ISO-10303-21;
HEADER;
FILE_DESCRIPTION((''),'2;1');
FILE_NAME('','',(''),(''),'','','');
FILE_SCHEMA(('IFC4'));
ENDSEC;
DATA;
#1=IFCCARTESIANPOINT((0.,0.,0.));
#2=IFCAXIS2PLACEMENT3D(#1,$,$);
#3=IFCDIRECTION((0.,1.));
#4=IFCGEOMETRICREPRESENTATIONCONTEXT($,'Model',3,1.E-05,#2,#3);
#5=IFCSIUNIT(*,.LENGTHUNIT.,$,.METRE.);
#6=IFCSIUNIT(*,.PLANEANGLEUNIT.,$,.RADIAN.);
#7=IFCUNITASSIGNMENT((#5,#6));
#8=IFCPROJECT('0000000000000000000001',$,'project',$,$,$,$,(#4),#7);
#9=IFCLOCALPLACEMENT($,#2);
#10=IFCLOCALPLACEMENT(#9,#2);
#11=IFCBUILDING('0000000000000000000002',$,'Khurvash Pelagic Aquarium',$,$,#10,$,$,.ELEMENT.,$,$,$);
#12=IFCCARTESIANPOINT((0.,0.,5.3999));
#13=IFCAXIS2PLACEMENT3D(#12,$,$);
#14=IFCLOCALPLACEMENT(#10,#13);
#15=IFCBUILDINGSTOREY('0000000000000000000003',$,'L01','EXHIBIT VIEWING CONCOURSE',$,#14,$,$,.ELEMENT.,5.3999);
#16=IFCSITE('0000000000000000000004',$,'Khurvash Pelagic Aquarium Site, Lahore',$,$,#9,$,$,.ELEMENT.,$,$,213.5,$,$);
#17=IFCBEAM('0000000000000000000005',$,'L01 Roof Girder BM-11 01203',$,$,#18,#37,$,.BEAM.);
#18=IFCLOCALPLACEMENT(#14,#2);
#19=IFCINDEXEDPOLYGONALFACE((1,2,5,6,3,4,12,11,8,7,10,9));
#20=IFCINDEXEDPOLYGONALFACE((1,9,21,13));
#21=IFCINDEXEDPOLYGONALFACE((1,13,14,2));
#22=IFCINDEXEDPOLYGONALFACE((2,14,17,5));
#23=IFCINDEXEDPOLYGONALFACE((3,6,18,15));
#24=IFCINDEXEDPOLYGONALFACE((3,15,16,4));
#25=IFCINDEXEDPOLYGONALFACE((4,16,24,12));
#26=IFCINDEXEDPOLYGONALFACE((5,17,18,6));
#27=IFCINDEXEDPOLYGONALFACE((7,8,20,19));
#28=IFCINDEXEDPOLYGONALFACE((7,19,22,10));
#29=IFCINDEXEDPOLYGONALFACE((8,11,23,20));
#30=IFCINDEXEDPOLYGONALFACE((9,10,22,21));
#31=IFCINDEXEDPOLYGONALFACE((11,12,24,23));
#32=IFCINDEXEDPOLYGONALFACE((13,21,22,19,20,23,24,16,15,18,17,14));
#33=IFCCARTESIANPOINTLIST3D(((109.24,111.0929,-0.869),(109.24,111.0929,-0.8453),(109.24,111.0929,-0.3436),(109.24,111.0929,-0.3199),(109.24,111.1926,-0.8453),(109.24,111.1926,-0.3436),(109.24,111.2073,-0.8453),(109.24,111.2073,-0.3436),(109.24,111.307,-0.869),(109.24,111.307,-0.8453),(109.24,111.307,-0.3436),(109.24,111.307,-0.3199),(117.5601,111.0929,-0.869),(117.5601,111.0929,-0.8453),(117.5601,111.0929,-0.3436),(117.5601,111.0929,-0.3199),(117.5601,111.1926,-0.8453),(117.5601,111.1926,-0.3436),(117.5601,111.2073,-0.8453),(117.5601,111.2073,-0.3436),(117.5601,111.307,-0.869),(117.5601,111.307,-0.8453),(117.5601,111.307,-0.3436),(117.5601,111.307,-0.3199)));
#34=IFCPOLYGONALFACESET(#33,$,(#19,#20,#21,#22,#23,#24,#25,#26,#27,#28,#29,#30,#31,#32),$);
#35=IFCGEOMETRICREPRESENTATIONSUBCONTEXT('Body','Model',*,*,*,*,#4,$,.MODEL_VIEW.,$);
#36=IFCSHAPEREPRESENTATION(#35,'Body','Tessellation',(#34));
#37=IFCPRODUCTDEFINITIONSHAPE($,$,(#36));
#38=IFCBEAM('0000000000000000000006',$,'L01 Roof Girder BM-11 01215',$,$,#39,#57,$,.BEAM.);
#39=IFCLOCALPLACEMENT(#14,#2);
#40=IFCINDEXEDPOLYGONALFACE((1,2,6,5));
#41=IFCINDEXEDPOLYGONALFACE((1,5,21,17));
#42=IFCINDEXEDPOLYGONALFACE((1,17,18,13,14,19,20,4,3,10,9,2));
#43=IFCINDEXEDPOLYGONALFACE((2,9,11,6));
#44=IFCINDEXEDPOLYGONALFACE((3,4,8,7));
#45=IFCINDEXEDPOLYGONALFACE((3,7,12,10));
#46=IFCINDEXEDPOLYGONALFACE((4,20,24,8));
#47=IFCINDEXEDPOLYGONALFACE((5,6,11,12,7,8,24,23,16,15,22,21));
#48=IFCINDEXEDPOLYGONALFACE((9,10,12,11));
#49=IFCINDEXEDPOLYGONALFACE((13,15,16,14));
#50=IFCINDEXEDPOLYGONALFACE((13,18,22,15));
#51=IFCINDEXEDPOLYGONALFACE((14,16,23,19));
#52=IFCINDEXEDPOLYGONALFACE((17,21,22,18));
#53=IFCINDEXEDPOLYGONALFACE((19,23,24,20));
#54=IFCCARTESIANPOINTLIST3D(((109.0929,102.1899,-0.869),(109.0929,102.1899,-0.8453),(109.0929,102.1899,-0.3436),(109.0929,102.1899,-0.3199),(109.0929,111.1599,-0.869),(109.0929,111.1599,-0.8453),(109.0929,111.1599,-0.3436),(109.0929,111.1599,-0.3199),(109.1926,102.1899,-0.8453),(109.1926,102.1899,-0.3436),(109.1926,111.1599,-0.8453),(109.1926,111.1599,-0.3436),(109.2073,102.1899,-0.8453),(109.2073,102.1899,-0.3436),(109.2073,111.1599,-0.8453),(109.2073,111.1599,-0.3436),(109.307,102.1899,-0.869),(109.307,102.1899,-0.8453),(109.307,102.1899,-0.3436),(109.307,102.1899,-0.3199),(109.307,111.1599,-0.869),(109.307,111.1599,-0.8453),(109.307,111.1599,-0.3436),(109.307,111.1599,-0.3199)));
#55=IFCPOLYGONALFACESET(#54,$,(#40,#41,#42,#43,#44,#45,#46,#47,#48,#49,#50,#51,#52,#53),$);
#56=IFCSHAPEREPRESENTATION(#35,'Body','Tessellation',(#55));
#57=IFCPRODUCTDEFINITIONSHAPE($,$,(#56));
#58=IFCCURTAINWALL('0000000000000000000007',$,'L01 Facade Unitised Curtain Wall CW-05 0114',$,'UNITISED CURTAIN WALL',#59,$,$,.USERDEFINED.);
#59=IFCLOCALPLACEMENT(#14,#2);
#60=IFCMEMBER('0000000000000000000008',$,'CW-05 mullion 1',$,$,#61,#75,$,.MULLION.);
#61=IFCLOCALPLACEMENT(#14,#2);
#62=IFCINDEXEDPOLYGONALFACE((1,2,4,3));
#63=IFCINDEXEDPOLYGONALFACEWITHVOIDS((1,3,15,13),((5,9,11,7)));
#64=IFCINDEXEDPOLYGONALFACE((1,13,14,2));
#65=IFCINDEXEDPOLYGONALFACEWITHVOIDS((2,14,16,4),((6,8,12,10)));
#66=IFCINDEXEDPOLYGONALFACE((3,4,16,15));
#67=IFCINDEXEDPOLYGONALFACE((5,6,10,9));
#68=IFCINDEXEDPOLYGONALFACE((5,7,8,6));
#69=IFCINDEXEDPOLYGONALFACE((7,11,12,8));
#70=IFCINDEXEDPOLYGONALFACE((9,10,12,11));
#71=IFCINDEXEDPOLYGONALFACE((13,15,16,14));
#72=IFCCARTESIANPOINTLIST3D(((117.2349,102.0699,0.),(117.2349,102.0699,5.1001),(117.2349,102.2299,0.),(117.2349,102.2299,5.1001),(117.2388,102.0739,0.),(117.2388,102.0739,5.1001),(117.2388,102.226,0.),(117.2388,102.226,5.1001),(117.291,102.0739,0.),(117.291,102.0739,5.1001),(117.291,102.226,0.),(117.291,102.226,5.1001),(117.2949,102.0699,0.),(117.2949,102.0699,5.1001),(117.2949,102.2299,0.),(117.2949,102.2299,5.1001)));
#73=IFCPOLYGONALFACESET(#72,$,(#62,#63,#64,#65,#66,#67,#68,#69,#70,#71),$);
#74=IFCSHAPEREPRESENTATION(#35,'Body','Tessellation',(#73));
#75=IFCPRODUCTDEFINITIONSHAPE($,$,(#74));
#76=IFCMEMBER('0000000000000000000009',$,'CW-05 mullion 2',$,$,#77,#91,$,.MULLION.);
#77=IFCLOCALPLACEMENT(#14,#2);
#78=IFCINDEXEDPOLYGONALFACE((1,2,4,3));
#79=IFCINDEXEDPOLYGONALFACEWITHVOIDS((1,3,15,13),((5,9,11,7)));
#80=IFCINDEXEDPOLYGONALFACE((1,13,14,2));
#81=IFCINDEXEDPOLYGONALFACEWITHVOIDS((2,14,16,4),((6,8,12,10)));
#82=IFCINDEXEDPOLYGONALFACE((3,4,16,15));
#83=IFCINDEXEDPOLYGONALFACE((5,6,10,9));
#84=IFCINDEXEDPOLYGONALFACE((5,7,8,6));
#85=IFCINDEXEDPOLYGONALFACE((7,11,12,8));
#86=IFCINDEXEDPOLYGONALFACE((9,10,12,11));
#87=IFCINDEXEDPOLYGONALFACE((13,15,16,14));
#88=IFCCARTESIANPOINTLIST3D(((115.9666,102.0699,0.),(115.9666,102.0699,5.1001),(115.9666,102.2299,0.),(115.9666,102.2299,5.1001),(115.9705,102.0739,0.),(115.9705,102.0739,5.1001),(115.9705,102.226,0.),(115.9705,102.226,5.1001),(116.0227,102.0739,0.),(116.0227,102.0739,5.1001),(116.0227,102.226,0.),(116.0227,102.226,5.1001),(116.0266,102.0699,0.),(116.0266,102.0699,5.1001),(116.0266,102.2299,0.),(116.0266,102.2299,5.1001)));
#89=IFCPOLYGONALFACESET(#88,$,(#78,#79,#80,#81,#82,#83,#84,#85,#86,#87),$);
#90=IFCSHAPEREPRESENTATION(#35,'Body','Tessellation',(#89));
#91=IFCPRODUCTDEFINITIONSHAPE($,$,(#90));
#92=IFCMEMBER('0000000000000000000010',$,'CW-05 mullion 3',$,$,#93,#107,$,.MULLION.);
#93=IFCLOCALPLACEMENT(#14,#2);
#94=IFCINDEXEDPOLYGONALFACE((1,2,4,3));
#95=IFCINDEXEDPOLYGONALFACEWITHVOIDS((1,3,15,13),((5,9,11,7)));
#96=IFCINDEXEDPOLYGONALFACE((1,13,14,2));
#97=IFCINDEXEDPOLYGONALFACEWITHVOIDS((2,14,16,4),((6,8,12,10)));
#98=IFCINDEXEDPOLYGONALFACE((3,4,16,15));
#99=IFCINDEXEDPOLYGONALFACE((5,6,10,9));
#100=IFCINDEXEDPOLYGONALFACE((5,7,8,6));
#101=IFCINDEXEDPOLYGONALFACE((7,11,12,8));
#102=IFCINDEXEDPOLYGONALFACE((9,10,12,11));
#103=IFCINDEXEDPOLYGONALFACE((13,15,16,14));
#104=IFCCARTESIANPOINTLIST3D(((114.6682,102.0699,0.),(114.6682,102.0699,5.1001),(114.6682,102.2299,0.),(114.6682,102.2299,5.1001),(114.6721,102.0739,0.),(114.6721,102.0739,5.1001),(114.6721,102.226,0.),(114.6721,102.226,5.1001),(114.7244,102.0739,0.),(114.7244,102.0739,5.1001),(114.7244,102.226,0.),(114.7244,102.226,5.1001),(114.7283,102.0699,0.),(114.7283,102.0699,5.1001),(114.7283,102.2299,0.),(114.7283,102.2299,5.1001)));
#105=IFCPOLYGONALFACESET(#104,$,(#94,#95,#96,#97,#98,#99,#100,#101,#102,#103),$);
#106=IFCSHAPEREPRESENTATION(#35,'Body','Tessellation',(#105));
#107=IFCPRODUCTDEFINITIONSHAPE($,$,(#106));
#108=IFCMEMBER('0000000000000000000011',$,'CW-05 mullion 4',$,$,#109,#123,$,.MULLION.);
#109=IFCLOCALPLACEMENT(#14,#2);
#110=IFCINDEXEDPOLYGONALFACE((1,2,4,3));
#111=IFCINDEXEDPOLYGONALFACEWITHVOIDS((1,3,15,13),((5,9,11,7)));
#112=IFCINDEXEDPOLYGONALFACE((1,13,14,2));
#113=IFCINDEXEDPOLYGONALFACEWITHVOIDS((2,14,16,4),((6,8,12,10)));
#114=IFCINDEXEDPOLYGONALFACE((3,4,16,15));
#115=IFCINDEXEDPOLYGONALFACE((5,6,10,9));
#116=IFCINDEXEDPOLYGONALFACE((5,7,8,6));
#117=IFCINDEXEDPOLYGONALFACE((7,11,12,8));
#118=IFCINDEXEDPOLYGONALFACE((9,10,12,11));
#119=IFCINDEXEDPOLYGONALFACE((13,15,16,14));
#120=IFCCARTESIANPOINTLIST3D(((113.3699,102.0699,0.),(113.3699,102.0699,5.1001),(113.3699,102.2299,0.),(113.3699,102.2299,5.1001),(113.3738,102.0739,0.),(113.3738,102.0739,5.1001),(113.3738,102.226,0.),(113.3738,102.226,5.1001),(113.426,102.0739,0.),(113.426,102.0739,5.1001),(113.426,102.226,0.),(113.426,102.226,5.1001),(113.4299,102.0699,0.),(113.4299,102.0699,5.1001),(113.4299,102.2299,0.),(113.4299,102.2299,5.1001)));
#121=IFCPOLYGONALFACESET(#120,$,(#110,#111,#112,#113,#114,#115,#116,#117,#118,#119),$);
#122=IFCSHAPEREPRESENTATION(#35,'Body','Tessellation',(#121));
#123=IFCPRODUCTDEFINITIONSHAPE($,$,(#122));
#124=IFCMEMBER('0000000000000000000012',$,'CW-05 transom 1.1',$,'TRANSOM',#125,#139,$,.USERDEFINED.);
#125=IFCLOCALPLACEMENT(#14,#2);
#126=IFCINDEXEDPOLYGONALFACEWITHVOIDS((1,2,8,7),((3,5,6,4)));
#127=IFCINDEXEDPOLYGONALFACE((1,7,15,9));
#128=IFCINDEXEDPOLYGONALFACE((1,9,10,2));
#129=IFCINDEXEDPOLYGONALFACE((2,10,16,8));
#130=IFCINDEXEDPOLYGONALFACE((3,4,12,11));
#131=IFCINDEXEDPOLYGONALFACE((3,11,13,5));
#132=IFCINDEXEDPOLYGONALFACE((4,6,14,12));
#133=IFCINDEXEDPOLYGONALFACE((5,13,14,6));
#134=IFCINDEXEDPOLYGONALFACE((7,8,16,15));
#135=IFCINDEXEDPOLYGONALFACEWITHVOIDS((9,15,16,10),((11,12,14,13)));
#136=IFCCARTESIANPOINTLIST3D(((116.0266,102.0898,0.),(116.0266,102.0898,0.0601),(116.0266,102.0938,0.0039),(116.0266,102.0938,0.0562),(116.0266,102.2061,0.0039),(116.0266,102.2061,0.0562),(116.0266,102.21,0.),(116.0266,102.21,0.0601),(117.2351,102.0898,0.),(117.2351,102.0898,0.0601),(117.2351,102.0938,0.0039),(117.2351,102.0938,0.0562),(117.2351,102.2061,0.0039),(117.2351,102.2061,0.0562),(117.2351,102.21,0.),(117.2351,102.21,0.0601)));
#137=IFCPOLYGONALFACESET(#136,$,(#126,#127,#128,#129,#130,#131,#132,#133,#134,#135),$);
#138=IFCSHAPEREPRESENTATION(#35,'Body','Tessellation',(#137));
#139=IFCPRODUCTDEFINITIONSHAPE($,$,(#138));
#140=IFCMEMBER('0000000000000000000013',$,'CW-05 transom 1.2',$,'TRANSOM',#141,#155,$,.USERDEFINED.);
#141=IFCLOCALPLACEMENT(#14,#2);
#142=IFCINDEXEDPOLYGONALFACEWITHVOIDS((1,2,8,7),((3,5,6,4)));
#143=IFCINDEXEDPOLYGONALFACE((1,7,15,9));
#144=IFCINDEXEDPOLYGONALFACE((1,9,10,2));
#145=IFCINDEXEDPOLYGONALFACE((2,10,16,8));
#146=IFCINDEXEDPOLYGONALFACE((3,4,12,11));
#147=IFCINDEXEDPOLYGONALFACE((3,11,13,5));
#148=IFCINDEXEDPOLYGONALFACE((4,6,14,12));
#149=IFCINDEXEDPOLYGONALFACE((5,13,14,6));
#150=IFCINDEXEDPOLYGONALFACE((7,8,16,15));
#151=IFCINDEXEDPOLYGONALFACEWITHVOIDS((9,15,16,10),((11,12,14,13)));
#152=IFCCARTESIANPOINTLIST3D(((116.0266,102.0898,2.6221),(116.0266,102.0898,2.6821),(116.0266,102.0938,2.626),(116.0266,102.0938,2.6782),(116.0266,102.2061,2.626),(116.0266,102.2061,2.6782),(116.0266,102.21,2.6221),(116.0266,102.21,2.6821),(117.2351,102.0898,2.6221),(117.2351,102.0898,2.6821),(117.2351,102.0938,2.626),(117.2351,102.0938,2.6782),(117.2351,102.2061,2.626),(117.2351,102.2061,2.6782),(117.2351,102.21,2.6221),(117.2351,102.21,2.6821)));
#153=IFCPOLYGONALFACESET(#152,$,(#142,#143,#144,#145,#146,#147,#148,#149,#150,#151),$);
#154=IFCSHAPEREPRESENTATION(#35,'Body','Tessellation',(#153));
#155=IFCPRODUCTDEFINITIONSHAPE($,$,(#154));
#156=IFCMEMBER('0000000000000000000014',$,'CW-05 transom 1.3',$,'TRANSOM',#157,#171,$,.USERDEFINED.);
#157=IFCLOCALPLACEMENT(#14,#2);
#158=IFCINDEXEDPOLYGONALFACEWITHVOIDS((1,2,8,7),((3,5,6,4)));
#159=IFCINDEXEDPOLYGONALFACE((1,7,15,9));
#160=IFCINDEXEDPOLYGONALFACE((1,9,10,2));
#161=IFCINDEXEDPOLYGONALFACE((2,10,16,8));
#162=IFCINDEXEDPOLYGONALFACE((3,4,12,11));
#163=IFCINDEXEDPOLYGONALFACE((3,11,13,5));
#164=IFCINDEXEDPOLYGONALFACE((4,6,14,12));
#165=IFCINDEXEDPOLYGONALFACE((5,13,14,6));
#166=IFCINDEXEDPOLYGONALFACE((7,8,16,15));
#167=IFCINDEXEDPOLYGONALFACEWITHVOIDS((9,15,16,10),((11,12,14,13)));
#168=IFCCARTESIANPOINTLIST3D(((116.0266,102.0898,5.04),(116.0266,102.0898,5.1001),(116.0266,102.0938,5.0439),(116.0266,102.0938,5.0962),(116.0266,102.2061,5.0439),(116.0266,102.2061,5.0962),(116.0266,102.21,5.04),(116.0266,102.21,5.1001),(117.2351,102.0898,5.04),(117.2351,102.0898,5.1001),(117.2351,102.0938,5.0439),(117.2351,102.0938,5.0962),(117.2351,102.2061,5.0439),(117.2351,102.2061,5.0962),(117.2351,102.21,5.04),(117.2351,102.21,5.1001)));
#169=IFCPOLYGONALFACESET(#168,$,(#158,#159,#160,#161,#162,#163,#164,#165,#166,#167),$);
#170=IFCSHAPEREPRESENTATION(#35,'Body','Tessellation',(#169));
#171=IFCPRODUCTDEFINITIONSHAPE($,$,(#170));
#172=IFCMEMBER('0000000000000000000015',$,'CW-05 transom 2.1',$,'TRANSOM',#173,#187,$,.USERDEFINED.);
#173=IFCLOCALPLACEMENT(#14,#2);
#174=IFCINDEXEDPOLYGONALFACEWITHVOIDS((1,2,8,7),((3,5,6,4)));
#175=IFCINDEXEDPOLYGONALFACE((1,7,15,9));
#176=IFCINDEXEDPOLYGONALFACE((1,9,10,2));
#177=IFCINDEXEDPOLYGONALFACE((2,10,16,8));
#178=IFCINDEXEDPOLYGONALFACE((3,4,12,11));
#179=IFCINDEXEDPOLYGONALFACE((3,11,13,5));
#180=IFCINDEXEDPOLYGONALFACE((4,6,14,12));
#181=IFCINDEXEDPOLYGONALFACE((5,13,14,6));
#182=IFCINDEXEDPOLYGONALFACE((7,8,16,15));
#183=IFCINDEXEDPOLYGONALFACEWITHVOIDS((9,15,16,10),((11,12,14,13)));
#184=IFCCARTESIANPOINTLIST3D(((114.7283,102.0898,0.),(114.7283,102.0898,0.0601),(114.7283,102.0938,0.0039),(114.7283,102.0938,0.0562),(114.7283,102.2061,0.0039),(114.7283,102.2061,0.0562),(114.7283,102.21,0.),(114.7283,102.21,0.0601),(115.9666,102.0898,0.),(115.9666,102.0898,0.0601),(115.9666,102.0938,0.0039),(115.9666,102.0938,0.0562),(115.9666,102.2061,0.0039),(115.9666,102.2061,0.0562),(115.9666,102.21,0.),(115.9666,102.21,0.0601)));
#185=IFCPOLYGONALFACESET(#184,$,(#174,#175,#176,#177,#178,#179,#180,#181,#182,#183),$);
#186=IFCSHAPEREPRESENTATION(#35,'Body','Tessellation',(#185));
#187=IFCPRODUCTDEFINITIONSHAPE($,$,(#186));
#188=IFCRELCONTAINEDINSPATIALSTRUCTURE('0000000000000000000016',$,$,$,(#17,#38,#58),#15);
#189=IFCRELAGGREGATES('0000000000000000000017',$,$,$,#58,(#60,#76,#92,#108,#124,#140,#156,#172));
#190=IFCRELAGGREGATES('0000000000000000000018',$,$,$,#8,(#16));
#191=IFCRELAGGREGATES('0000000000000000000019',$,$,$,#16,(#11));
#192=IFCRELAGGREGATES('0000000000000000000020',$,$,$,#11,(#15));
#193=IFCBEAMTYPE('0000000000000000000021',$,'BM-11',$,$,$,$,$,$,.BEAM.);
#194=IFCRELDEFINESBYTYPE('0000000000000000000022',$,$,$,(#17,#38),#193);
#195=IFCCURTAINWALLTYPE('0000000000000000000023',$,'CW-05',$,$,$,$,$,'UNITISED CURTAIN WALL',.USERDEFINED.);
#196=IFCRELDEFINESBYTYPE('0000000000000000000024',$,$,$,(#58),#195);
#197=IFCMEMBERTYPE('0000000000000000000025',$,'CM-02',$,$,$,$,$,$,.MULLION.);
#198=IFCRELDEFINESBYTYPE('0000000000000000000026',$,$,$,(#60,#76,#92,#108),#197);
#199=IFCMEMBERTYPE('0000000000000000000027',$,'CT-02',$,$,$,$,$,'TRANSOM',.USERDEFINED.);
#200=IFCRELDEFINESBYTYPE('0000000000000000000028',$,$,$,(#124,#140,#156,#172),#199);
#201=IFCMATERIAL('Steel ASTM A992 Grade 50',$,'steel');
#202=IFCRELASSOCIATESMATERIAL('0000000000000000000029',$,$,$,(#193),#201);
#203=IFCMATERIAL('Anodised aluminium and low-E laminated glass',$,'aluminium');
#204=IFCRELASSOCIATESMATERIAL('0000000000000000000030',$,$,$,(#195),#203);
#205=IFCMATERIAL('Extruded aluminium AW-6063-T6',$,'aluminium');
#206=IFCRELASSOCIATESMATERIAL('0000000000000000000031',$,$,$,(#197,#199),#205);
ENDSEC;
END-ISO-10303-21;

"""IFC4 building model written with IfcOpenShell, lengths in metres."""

from ifc_helpers import new_model, si_unit, direction, frame, origin, origin_2d, place, context, subcontext, project, spatial, hollow_rectangle, i_section, extrude, material, material_profile, profile_set, type_object, element, aggregate, save


model = new_model("IFC4")

# Units and contexts
model_context = context("Model", 3, precision=1e-05, world=origin(), true_north=direction((0.0, 1.0)))
body_context = subcontext(model_context, "Body", "Model", "MODEL_VIEW")
ifc_project = project(units=[si_unit("LENGTHUNIT", "METRE"), si_unit("PLANEANGLEUNIT", "RADIAN")], contexts=[model_context])

# Site, building, storey
site_placement = place(None, origin())
site = spatial("IfcSite", under=ifc_project, at=site_placement, Name="Khurvash Pelagic Aquarium Site, Lahore", CompositionType="ELEMENT", RefElevation=213.5)
building_placement = place(site_placement, origin())
building = spatial("IfcBuilding", under=site, at=building_placement, Name="Khurvash Pelagic Aquarium", CompositionType="ELEMENT")
storey_placement = place(building_placement, frame((0.0, 0.0, 5.3999)))
storey = spatial("IfcBuildingStorey", under=building, at=storey_placement, Name="L01", Description="EXHIBIT VIEWING CONCOURSE", CompositionType="ELEMENT", Elevation=5.3999)

# Beams
ifc_material_1 = material(Name="Steel ASTM A992 Grade 50", Category="steel")
ifc_material_profile_1 = material_profile(ifc_material_1, i_section(OverallWidth=0.2141, OverallDepth=0.5491, WebThickness=0.0146, FlangeThickness=0.0237, at=origin_2d()), Name="W21X93")
ifc_profile_set_1 = profile_set([ifc_material_profile_1], Name="Steel ASTM A992 Grade 50")
beam_type = type_object("IfcBeamType", Name="BM-11", PredefinedType="BEAM", material=ifc_profile_set_1)
beam_1_placement = place(storey_placement, frame((109.24, 111.2, -0.5945), z_axis=(1.0, 0.0, 0.0), x_axis=(0.0, 1.0, 0.0)))
element("IfcBeam", 1, at=beam_1_placement, inside=storey, type_object=beam_type, Name="L01 Roof Girder BM-11 01203", PredefinedType="BEAM", context=body_context, shape_type="SweptSolid", body=[
    extrude(i_section(OverallWidth=0.2141, OverallDepth=0.5491, WebThickness=0.0146, FlangeThickness=0.0237, at=origin_2d()), origin(), (0.0, 0.0, 1.0), 8.3201),
])
beam_2_placement = place(storey_placement, frame((109.2, 102.1899, -0.5945), z_axis=(0.0, 1.0, 0.0), x_axis=(-1.0, 0.0, 0.0)))
element("IfcBeam", 2, at=beam_2_placement, inside=storey, type_object=beam_type, Name="L01 Roof Girder BM-11 01215", PredefinedType="BEAM", context=body_context, shape_type="SweptSolid", body=[
    extrude(i_section(OverallWidth=0.2141, OverallDepth=0.5491, WebThickness=0.0146, FlangeThickness=0.0237, at=origin_2d()), origin(), (0.0, 0.0, 1.0), 8.97),
])

# Curtain wall, members
ifc_material_2 = material(Name="Anodised aluminium and low-E laminated glass", Category="aluminium")
curtain_wall_type = type_object("IfcCurtainWallType", Name="CW-05", ElementType="UNITISED CURTAIN WALL", PredefinedType="USERDEFINED", material=ifc_material_2)
curtain_wall_placement = place(storey_placement, origin())
curtain_wall = element("IfcCurtainWall", 3, at=curtain_wall_placement, inside=storey, type_object=curtain_wall_type, Name="L01 Facade Unitised Curtain Wall CW-05 0114", ObjectType="UNITISED CURTAIN WALL", PredefinedType="USERDEFINED")
ifc_material_3 = material(Name="Extruded aluminium AW-6063-T6", Category="aluminium")
ifc_material_profile_2 = material_profile(ifc_material_3, hollow_rectangle(XDim=0.0601, YDim=0.1599, WallThickness=0.0039, at=origin_2d()), Name="CWM60X160X4")
ifc_profile_set_2 = profile_set([ifc_material_profile_2], Name="Extruded aluminium AW-6063-T6")
member_type_1 = type_object("IfcMemberType", Name="CM-02", PredefinedType="MULLION", material=ifc_profile_set_2)
member_1_placement = place(storey_placement, frame((117.2649, 102.1499, 0.0), z_axis=(0.0, 0.0, 1.0), x_axis=(-1.0, 0.0, 0.0)))
member_1 = element("IfcMember", 4, at=member_1_placement, type_object=member_type_1, Name="CW-05 mullion 1", PredefinedType="MULLION", context=body_context, shape_type="SweptSolid", body=[
    extrude(hollow_rectangle(XDim=0.0601, YDim=0.1599, WallThickness=0.0039, at=origin_2d()), origin(), (0.0, 0.0, 1.0), 5.1001),
])
member_2_placement = place(storey_placement, frame((115.9966, 102.1499, 0.0), z_axis=(0.0, 0.0, 1.0), x_axis=(-1.0, 0.0, 0.0)))
member_2 = element("IfcMember", 5, at=member_2_placement, type_object=member_type_1, Name="CW-05 mullion 2", PredefinedType="MULLION", context=body_context, shape_type="SweptSolid", body=[
    extrude(hollow_rectangle(XDim=0.0601, YDim=0.1599, WallThickness=0.0039, at=origin_2d()), origin(), (0.0, 0.0, 1.0), 5.1001),
])
member_3_placement = place(storey_placement, frame((114.6982, 102.1499, 0.0), z_axis=(0.0, 0.0, 1.0), x_axis=(-1.0, 0.0, 0.0)))
member_3 = element("IfcMember", 6, at=member_3_placement, type_object=member_type_1, Name="CW-05 mullion 3", PredefinedType="MULLION", context=body_context, shape_type="SweptSolid", body=[
    extrude(hollow_rectangle(XDim=0.0601, YDim=0.1599, WallThickness=0.0039, at=origin_2d()), origin(), (0.0, 0.0, 1.0), 5.1001),
])
member_4_placement = place(storey_placement, frame((113.3999, 102.1499, 0.0), z_axis=(0.0, 0.0, 1.0), x_axis=(-1.0, 0.0, 0.0)))
member_4 = element("IfcMember", 7, at=member_4_placement, type_object=member_type_1, Name="CW-05 mullion 4", PredefinedType="MULLION", context=body_context, shape_type="SweptSolid", body=[
    extrude(hollow_rectangle(XDim=0.0601, YDim=0.1599, WallThickness=0.0039, at=origin_2d()), origin(), (0.0, 0.0, 1.0), 5.1001),
])
ifc_material_profile_3 = material_profile(ifc_material_3, hollow_rectangle(XDim=0.1201, YDim=0.0601, WallThickness=0.0039, at=origin_2d()), Name="CWT120X60X4")
ifc_profile_set_3 = profile_set([ifc_material_profile_3], Name="Extruded aluminium AW-6063-T6")
member_type_2 = type_object("IfcMemberType", Name="CT-02", ElementType="TRANSOM", PredefinedType="USERDEFINED", material=ifc_profile_set_3)
member_5_placement = place(storey_placement, frame((117.2351, 102.1499, 0.03), z_axis=(-1.0, 0.0, 0.0), x_axis=(0.0, -1.0, 0.0)))
member_5 = element("IfcMember", 8, at=member_5_placement, type_object=member_type_2, Name="CW-05 transom 1.1", ObjectType="TRANSOM", PredefinedType="USERDEFINED", context=body_context, shape_type="SweptSolid", body=[
    extrude(hollow_rectangle(XDim=0.1201, YDim=0.0601, WallThickness=0.0039, at=origin_2d()), origin(), (0.0, 0.0, 1.0), 1.2085),
])
member_6_placement = place(storey_placement, frame((117.2351, 102.1499, 2.6521), z_axis=(-1.0, 0.0, 0.0), x_axis=(0.0, -1.0, 0.0)))
member_6 = element("IfcMember", 9, at=member_6_placement, type_object=member_type_2, Name="CW-05 transom 1.2", ObjectType="TRANSOM", PredefinedType="USERDEFINED", context=body_context, shape_type="SweptSolid", body=[
    extrude(hollow_rectangle(XDim=0.1201, YDim=0.0601, WallThickness=0.0039, at=origin_2d()), origin(), (0.0, 0.0, 1.0), 1.2085),
])
member_7_placement = place(storey_placement, frame((117.2351, 102.1499, 5.0701), z_axis=(-1.0, 0.0, 0.0), x_axis=(0.0, -1.0, 0.0)))
member_7 = element("IfcMember", 10, at=member_7_placement, type_object=member_type_2, Name="CW-05 transom 1.3", ObjectType="TRANSOM", PredefinedType="USERDEFINED", context=body_context, shape_type="SweptSolid", body=[
    extrude(hollow_rectangle(XDim=0.1201, YDim=0.0601, WallThickness=0.0039, at=origin_2d()), origin(), (0.0, 0.0, 1.0), 1.2085),
])
member_8_placement = place(storey_placement, frame((115.9666, 102.1499, 0.03), z_axis=(-1.0, 0.0, 0.0), x_axis=(0.0, -1.0, 0.0)))
member_8 = element("IfcMember", 11, at=member_8_placement, type_object=member_type_2, Name="CW-05 transom 2.1", ObjectType="TRANSOM", PredefinedType="USERDEFINED", context=body_context, shape_type="SweptSolid", body=[
    extrude(hollow_rectangle(XDim=0.1201, YDim=0.0601, WallThickness=0.0039, at=origin_2d()), origin(), (0.0, 0.0, 1.0), 1.2383),
])
aggregate(curtain_wall, [member_1, member_2, member_3, member_4, member_5, member_6, member_7, member_8])

save(model, "model.ifc")
